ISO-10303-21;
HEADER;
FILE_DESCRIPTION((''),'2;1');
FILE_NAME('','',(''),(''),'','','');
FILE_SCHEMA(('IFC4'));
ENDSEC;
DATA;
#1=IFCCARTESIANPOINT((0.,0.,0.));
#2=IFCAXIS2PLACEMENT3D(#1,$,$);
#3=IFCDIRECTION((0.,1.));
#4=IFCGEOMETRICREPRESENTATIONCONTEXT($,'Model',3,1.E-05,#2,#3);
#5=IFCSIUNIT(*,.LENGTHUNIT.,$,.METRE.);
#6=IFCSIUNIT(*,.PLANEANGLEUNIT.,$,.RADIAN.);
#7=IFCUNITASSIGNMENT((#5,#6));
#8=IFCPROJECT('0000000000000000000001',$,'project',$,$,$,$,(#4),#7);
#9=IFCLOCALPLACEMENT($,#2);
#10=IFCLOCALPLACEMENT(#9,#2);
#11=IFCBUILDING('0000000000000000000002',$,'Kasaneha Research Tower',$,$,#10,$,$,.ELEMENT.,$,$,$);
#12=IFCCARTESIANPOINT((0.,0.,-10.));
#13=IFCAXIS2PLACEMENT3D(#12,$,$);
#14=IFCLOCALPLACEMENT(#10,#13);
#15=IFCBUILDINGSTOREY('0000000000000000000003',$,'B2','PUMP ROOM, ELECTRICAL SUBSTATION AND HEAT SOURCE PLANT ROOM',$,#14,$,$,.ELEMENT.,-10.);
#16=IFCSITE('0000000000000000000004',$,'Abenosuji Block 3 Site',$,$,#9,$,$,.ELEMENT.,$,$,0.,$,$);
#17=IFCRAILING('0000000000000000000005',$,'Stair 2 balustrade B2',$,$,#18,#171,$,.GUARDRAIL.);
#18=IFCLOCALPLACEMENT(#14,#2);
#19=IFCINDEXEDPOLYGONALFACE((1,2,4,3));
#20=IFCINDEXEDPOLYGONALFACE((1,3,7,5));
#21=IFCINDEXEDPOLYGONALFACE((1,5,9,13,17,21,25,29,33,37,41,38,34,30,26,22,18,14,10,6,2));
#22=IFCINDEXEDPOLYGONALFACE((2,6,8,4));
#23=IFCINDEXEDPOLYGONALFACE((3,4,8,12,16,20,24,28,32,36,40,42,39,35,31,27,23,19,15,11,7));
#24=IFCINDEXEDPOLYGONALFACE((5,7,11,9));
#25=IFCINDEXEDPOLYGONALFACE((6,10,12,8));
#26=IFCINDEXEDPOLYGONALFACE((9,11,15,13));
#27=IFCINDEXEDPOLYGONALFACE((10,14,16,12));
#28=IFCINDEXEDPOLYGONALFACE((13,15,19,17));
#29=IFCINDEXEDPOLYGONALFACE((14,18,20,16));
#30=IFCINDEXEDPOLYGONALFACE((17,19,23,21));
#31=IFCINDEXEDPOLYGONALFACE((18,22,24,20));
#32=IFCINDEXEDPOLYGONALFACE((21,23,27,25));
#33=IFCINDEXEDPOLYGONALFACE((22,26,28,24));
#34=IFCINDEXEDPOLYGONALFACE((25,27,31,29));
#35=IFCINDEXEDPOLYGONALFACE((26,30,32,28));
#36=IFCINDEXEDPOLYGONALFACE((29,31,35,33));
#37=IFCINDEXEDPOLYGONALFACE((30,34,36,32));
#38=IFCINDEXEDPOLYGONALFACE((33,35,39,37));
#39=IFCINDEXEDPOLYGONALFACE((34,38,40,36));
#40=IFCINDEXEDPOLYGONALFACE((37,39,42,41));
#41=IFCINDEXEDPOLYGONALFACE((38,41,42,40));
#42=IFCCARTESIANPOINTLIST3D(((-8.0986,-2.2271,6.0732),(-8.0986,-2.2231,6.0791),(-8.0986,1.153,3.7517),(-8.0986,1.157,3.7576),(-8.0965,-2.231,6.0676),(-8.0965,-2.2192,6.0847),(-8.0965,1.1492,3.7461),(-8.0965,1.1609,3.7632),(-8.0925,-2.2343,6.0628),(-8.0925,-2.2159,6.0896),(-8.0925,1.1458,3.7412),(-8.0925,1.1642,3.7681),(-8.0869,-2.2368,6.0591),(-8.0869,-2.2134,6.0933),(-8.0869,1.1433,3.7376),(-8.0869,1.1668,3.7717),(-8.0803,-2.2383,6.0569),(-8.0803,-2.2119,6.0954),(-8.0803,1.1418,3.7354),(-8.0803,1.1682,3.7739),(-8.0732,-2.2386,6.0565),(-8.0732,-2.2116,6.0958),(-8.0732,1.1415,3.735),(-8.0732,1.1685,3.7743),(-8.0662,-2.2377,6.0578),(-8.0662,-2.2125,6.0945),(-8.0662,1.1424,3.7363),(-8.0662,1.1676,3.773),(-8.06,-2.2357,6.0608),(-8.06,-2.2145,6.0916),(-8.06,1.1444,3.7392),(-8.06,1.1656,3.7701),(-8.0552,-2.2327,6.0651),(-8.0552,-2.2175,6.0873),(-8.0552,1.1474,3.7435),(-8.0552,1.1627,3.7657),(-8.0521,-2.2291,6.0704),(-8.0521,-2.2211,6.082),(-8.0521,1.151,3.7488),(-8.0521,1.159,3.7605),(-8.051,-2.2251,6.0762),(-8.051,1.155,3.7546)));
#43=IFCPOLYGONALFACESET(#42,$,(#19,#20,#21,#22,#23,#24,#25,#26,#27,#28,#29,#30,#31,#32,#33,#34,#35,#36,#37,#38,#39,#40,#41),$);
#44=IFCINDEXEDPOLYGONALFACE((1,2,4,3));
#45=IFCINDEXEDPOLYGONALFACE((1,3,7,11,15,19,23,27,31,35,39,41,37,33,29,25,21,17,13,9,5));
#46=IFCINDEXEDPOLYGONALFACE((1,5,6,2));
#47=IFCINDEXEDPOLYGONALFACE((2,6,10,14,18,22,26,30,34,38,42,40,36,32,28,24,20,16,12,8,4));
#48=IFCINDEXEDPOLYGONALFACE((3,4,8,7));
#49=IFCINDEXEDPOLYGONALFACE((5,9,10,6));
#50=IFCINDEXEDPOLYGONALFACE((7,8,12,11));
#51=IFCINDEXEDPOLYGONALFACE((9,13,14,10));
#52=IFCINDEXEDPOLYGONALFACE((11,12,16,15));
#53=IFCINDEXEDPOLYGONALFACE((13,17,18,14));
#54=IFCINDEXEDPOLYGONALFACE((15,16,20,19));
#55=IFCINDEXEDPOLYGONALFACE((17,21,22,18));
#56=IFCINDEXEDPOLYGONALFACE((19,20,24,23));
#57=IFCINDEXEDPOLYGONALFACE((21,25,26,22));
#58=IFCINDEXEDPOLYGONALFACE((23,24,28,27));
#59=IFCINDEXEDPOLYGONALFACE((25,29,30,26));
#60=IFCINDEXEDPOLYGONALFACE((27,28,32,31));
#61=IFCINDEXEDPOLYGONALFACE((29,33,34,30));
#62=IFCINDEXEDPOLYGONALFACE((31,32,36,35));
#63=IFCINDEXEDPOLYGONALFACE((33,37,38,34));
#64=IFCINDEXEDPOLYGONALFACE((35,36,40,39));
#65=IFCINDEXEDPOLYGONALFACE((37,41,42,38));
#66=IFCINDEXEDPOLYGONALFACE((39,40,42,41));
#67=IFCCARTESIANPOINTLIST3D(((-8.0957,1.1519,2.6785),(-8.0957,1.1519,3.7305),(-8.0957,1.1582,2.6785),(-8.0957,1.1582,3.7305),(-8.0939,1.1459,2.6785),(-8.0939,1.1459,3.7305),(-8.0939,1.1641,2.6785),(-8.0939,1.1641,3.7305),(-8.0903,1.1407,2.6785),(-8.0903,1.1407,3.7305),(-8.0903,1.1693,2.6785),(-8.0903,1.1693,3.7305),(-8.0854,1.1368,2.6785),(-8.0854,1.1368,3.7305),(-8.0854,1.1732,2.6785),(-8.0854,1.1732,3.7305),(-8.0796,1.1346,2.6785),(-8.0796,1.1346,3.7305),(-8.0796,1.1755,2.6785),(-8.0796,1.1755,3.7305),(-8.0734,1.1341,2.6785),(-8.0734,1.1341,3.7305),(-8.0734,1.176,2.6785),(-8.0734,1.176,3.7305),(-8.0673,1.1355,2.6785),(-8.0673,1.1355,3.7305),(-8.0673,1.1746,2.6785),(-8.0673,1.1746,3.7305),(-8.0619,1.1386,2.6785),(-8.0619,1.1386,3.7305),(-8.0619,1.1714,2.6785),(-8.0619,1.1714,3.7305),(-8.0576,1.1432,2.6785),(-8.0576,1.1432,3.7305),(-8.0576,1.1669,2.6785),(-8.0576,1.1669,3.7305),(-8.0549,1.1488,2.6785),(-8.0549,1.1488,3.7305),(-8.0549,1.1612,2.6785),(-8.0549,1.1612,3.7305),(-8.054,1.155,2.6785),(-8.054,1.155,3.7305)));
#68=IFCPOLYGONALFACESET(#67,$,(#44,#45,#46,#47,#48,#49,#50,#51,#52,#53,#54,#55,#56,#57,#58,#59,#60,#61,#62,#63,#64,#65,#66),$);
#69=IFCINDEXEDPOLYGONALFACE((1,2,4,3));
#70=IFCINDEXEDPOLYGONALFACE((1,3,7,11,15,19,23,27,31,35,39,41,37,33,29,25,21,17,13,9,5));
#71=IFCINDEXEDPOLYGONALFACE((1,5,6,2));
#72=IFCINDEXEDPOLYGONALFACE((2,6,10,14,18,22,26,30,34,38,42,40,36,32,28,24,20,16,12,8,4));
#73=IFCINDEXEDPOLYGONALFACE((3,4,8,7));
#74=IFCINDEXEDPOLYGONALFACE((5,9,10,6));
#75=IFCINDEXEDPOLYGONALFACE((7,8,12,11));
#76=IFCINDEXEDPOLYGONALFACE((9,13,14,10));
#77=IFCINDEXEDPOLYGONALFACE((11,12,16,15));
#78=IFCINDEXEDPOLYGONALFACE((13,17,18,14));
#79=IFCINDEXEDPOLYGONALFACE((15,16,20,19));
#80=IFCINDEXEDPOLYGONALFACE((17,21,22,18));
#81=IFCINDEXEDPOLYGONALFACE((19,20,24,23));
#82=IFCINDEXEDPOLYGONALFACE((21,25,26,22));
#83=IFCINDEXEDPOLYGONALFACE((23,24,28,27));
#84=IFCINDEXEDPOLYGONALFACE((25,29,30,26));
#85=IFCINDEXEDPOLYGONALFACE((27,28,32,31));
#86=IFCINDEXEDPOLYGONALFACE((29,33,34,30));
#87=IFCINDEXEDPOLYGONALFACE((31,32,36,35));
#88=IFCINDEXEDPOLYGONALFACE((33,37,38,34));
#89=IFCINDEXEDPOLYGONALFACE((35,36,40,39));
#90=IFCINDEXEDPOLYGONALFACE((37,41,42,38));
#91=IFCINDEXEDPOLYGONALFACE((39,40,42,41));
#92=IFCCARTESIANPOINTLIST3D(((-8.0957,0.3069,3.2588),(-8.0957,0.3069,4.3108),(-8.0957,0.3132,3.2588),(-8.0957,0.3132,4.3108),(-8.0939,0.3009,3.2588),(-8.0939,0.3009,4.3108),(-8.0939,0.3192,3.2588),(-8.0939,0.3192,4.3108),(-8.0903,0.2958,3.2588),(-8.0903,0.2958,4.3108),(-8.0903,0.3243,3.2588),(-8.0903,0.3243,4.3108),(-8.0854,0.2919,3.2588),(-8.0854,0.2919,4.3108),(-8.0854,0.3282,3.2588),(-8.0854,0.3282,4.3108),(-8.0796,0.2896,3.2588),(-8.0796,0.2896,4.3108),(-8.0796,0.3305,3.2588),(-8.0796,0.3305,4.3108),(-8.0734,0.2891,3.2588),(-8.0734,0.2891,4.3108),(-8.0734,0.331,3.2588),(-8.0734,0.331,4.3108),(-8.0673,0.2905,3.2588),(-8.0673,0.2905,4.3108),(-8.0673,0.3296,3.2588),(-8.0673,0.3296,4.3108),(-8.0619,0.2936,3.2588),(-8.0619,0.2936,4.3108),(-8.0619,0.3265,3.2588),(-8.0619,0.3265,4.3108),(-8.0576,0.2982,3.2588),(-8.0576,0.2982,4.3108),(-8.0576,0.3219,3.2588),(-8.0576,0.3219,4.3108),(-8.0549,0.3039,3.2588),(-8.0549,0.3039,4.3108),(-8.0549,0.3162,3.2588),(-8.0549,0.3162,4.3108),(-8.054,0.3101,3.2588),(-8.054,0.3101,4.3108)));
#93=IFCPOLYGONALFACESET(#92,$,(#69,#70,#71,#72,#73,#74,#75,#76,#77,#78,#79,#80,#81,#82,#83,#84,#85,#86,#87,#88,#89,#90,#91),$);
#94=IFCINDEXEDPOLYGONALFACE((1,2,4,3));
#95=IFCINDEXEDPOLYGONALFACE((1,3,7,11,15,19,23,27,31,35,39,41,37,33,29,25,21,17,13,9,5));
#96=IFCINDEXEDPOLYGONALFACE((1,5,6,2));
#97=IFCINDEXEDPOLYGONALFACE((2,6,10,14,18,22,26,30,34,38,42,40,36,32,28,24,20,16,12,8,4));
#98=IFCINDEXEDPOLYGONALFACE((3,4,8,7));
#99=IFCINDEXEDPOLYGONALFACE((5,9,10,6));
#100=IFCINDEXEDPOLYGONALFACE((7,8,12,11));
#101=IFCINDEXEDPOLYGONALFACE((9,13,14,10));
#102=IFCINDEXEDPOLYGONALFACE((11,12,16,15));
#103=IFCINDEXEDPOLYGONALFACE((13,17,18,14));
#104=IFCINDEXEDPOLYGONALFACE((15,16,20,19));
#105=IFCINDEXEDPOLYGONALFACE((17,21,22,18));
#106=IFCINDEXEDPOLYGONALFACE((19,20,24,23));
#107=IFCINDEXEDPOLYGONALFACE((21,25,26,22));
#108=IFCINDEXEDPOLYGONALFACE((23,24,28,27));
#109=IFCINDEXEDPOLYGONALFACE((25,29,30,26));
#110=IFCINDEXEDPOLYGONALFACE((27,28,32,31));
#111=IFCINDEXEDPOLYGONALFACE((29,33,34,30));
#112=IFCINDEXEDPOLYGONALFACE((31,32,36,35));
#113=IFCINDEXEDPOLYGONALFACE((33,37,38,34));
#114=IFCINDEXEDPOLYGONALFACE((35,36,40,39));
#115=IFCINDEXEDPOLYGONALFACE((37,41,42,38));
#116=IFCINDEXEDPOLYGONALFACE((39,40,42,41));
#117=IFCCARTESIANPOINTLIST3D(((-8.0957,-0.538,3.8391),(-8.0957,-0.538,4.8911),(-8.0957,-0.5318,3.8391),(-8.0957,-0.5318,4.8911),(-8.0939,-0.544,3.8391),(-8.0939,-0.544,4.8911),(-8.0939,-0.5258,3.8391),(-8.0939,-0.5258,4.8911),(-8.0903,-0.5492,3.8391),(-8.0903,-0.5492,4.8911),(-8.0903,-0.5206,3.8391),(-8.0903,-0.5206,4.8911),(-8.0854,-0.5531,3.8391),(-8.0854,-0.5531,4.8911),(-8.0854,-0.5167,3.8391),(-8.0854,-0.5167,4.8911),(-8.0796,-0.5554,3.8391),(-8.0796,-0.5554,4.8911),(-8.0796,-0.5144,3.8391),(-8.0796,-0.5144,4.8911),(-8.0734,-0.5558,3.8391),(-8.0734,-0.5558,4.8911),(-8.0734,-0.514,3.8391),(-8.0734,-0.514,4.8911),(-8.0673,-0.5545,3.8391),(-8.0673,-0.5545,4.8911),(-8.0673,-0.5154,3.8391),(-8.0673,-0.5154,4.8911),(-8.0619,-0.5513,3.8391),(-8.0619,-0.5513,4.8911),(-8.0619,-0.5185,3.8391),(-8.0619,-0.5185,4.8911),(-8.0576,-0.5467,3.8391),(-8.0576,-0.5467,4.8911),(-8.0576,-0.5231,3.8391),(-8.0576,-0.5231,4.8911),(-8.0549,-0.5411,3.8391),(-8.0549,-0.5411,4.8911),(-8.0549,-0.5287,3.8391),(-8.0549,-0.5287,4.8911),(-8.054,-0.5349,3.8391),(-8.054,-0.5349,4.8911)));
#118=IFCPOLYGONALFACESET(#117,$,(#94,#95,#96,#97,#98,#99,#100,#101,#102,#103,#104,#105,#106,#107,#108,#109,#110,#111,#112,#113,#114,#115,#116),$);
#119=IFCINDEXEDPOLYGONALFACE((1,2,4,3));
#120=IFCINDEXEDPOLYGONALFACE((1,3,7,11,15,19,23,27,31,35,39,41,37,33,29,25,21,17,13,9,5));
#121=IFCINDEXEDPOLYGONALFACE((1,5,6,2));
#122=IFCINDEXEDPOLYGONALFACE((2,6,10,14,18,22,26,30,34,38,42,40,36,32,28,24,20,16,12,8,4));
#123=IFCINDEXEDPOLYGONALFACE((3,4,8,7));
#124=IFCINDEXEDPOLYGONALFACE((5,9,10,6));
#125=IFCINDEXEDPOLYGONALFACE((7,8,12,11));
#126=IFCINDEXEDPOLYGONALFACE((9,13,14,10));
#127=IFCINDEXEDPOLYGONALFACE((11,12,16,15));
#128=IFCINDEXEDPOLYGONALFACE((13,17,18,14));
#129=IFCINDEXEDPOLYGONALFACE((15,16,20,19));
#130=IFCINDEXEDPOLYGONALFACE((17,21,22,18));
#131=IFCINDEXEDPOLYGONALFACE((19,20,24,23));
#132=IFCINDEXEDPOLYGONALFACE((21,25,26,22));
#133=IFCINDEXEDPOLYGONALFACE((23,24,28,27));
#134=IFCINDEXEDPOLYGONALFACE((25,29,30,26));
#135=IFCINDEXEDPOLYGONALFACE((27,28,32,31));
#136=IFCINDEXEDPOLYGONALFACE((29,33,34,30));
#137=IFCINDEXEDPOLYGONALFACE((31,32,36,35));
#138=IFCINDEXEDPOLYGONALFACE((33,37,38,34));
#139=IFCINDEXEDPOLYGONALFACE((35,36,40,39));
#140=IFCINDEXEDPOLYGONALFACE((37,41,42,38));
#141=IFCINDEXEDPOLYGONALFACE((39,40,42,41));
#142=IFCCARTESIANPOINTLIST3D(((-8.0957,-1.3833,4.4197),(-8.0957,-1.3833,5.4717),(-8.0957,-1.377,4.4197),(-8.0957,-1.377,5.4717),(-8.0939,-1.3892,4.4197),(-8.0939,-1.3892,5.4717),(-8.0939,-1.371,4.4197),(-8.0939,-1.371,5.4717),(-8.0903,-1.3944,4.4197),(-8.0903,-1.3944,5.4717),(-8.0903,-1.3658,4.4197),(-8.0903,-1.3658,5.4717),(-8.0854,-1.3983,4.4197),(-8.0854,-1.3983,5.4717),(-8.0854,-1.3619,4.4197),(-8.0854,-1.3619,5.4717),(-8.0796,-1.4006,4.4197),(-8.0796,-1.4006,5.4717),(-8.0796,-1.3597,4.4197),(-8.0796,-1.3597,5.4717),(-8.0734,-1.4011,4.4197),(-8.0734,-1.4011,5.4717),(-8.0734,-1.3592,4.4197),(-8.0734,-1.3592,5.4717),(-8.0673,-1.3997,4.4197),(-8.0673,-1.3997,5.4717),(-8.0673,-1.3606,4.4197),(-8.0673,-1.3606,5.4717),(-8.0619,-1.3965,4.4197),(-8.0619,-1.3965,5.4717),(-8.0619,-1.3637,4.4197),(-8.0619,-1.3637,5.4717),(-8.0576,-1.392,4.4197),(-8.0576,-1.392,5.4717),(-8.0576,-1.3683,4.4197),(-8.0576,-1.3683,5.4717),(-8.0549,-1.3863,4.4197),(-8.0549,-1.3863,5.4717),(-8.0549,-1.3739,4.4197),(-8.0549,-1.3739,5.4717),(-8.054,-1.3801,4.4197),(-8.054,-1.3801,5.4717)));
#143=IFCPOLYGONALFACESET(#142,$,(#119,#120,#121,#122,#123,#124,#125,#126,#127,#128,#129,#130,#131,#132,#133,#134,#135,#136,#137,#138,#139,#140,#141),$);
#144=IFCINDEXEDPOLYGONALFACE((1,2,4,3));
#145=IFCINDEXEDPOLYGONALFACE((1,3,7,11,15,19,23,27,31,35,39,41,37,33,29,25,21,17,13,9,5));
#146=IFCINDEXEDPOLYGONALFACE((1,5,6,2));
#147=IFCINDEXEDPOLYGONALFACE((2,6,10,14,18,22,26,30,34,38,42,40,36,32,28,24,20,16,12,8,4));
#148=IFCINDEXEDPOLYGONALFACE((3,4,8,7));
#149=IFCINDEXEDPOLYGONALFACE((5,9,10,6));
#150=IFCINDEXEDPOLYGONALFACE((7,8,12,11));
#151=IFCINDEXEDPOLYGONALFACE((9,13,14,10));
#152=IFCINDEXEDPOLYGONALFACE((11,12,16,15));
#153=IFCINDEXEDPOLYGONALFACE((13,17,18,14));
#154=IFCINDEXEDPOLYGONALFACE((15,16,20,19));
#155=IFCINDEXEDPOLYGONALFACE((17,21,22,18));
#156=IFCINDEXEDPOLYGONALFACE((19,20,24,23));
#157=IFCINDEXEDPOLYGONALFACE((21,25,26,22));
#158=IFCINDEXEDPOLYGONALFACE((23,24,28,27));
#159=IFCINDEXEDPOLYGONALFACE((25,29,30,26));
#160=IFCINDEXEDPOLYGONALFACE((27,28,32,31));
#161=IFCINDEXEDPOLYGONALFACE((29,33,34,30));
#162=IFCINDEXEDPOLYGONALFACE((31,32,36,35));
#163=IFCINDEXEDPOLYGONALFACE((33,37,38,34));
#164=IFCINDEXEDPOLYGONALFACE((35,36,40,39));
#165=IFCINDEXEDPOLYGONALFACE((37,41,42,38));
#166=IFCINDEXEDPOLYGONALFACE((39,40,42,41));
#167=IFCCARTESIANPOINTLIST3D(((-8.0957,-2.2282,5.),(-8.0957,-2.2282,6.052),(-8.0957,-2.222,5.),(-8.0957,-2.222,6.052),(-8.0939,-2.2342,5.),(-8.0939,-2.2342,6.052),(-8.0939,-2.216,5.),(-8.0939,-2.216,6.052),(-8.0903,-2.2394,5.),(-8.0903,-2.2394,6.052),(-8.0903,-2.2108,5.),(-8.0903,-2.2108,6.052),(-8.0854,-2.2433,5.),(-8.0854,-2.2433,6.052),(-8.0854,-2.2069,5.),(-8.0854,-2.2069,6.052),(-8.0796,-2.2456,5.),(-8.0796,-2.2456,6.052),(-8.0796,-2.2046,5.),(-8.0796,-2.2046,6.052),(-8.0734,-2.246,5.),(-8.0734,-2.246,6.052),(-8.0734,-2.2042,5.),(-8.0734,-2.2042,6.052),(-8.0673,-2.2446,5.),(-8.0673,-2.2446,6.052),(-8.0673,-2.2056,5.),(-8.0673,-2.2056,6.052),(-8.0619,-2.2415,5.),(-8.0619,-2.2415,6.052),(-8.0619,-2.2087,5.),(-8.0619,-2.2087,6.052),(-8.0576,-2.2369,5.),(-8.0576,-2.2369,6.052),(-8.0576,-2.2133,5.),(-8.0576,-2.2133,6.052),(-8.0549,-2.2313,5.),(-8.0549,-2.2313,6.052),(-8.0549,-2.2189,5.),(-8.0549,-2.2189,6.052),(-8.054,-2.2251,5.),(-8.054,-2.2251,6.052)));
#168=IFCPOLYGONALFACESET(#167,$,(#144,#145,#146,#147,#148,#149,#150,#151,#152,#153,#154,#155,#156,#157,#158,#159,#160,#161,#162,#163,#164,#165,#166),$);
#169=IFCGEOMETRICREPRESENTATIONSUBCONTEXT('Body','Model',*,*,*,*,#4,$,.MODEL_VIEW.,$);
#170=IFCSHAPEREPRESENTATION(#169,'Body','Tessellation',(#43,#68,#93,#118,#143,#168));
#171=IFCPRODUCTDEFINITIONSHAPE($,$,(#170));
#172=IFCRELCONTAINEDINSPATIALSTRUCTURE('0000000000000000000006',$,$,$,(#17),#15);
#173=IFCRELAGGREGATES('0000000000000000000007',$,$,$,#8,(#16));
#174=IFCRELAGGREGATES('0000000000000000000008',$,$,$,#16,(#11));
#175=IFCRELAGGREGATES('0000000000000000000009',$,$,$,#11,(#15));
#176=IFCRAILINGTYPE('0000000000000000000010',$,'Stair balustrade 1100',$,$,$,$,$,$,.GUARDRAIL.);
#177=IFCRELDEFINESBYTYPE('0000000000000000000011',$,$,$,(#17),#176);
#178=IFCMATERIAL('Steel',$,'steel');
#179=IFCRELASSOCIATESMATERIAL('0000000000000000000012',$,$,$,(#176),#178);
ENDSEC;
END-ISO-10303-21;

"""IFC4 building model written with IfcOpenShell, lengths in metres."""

from ifc_helpers import new_model, si_unit, direction, frame, origin, origin_2d, place, context, subcontext, project, spatial, circle, extrude, material, type_object, element, save


model = new_model("IFC4")

# Units and contexts
model_context = context("Model", 3, precision=1e-05, world=origin(), true_north=direction((0.0, 1.0)))
body_context = subcontext(model_context, "Body", "Model", "MODEL_VIEW")
ifc_project = project(units=[si_unit("LENGTHUNIT", "METRE"), si_unit("PLANEANGLEUNIT", "RADIAN")], contexts=[model_context])

# Site, building, storey
site_placement = place(None, origin())
site = spatial("IfcSite", under=ifc_project, at=site_placement, Name="Abenosuji Block 3 Site", CompositionType="ELEMENT", RefElevation=0.0)
building_placement = place(site_placement, origin())
building = spatial("IfcBuilding", under=site, at=building_placement, Name="Kasaneha Research Tower", CompositionType="ELEMENT")
storey_placement = place(building_placement, frame((0.0, 0.0, -10.0)))
storey = spatial("IfcBuildingStorey", under=building, at=storey_placement, Name="B2", Description="PUMP ROOM, ELECTRICAL SUBSTATION AND HEAT SOURCE PLANT ROOM", CompositionType="ELEMENT", Elevation=-10.0)

# Railing
ifc_material_1 = material(Name="Steel", Category="steel")
railing_type_1 = type_object("IfcRailingType", Name="Stair balustrade 1100", PredefinedType="GUARDRAIL", material=ifc_material_1)
railing_1_placement = place(storey_placement, frame((-8.075, 1.155, 2.6785)))
element("IfcRailing", 1, at=railing_1_placement, inside=storey, type_object=railing_type_1, Name="Stair 2 balustrade B2", PredefinedType="GUARDRAIL", context=body_context, shape_type="SweptSolid", body=[
    extrude(circle(Radius=0.0239, at=origin_2d()), frame((0.0, 0.0, 1.0762), z_axis=(0.0, -0.824304, 0.566147), x_axis=(1.0, 0.0, 0.0)), (0.0, 0.0, 1.0), 4.1006),
    extrude(circle(Radius=0.021, at=origin_2d()), origin(), (0.0, 0.0, 1.0), 1.052),
    extrude(circle(Radius=0.021, at=origin_2d()), frame((0.0, -0.845, 0.5803)), (0.0, 0.0, 1.0), 1.052),
    extrude(circle(Radius=0.021, at=origin_2d()), frame((0.0, -1.6899, 1.1606)), (0.0, 0.0, 1.0), 1.052),
    extrude(circle(Radius=0.021, at=origin_2d()), frame((0.0, -2.5352, 1.7412)), (0.0, 0.0, 1.0), 1.052),
    extrude(circle(Radius=0.021, at=origin_2d()), frame((0.0, -3.3801, 2.3215)), (0.0, 0.0, 1.0), 1.052),
])

save(model, "model.ifc")
